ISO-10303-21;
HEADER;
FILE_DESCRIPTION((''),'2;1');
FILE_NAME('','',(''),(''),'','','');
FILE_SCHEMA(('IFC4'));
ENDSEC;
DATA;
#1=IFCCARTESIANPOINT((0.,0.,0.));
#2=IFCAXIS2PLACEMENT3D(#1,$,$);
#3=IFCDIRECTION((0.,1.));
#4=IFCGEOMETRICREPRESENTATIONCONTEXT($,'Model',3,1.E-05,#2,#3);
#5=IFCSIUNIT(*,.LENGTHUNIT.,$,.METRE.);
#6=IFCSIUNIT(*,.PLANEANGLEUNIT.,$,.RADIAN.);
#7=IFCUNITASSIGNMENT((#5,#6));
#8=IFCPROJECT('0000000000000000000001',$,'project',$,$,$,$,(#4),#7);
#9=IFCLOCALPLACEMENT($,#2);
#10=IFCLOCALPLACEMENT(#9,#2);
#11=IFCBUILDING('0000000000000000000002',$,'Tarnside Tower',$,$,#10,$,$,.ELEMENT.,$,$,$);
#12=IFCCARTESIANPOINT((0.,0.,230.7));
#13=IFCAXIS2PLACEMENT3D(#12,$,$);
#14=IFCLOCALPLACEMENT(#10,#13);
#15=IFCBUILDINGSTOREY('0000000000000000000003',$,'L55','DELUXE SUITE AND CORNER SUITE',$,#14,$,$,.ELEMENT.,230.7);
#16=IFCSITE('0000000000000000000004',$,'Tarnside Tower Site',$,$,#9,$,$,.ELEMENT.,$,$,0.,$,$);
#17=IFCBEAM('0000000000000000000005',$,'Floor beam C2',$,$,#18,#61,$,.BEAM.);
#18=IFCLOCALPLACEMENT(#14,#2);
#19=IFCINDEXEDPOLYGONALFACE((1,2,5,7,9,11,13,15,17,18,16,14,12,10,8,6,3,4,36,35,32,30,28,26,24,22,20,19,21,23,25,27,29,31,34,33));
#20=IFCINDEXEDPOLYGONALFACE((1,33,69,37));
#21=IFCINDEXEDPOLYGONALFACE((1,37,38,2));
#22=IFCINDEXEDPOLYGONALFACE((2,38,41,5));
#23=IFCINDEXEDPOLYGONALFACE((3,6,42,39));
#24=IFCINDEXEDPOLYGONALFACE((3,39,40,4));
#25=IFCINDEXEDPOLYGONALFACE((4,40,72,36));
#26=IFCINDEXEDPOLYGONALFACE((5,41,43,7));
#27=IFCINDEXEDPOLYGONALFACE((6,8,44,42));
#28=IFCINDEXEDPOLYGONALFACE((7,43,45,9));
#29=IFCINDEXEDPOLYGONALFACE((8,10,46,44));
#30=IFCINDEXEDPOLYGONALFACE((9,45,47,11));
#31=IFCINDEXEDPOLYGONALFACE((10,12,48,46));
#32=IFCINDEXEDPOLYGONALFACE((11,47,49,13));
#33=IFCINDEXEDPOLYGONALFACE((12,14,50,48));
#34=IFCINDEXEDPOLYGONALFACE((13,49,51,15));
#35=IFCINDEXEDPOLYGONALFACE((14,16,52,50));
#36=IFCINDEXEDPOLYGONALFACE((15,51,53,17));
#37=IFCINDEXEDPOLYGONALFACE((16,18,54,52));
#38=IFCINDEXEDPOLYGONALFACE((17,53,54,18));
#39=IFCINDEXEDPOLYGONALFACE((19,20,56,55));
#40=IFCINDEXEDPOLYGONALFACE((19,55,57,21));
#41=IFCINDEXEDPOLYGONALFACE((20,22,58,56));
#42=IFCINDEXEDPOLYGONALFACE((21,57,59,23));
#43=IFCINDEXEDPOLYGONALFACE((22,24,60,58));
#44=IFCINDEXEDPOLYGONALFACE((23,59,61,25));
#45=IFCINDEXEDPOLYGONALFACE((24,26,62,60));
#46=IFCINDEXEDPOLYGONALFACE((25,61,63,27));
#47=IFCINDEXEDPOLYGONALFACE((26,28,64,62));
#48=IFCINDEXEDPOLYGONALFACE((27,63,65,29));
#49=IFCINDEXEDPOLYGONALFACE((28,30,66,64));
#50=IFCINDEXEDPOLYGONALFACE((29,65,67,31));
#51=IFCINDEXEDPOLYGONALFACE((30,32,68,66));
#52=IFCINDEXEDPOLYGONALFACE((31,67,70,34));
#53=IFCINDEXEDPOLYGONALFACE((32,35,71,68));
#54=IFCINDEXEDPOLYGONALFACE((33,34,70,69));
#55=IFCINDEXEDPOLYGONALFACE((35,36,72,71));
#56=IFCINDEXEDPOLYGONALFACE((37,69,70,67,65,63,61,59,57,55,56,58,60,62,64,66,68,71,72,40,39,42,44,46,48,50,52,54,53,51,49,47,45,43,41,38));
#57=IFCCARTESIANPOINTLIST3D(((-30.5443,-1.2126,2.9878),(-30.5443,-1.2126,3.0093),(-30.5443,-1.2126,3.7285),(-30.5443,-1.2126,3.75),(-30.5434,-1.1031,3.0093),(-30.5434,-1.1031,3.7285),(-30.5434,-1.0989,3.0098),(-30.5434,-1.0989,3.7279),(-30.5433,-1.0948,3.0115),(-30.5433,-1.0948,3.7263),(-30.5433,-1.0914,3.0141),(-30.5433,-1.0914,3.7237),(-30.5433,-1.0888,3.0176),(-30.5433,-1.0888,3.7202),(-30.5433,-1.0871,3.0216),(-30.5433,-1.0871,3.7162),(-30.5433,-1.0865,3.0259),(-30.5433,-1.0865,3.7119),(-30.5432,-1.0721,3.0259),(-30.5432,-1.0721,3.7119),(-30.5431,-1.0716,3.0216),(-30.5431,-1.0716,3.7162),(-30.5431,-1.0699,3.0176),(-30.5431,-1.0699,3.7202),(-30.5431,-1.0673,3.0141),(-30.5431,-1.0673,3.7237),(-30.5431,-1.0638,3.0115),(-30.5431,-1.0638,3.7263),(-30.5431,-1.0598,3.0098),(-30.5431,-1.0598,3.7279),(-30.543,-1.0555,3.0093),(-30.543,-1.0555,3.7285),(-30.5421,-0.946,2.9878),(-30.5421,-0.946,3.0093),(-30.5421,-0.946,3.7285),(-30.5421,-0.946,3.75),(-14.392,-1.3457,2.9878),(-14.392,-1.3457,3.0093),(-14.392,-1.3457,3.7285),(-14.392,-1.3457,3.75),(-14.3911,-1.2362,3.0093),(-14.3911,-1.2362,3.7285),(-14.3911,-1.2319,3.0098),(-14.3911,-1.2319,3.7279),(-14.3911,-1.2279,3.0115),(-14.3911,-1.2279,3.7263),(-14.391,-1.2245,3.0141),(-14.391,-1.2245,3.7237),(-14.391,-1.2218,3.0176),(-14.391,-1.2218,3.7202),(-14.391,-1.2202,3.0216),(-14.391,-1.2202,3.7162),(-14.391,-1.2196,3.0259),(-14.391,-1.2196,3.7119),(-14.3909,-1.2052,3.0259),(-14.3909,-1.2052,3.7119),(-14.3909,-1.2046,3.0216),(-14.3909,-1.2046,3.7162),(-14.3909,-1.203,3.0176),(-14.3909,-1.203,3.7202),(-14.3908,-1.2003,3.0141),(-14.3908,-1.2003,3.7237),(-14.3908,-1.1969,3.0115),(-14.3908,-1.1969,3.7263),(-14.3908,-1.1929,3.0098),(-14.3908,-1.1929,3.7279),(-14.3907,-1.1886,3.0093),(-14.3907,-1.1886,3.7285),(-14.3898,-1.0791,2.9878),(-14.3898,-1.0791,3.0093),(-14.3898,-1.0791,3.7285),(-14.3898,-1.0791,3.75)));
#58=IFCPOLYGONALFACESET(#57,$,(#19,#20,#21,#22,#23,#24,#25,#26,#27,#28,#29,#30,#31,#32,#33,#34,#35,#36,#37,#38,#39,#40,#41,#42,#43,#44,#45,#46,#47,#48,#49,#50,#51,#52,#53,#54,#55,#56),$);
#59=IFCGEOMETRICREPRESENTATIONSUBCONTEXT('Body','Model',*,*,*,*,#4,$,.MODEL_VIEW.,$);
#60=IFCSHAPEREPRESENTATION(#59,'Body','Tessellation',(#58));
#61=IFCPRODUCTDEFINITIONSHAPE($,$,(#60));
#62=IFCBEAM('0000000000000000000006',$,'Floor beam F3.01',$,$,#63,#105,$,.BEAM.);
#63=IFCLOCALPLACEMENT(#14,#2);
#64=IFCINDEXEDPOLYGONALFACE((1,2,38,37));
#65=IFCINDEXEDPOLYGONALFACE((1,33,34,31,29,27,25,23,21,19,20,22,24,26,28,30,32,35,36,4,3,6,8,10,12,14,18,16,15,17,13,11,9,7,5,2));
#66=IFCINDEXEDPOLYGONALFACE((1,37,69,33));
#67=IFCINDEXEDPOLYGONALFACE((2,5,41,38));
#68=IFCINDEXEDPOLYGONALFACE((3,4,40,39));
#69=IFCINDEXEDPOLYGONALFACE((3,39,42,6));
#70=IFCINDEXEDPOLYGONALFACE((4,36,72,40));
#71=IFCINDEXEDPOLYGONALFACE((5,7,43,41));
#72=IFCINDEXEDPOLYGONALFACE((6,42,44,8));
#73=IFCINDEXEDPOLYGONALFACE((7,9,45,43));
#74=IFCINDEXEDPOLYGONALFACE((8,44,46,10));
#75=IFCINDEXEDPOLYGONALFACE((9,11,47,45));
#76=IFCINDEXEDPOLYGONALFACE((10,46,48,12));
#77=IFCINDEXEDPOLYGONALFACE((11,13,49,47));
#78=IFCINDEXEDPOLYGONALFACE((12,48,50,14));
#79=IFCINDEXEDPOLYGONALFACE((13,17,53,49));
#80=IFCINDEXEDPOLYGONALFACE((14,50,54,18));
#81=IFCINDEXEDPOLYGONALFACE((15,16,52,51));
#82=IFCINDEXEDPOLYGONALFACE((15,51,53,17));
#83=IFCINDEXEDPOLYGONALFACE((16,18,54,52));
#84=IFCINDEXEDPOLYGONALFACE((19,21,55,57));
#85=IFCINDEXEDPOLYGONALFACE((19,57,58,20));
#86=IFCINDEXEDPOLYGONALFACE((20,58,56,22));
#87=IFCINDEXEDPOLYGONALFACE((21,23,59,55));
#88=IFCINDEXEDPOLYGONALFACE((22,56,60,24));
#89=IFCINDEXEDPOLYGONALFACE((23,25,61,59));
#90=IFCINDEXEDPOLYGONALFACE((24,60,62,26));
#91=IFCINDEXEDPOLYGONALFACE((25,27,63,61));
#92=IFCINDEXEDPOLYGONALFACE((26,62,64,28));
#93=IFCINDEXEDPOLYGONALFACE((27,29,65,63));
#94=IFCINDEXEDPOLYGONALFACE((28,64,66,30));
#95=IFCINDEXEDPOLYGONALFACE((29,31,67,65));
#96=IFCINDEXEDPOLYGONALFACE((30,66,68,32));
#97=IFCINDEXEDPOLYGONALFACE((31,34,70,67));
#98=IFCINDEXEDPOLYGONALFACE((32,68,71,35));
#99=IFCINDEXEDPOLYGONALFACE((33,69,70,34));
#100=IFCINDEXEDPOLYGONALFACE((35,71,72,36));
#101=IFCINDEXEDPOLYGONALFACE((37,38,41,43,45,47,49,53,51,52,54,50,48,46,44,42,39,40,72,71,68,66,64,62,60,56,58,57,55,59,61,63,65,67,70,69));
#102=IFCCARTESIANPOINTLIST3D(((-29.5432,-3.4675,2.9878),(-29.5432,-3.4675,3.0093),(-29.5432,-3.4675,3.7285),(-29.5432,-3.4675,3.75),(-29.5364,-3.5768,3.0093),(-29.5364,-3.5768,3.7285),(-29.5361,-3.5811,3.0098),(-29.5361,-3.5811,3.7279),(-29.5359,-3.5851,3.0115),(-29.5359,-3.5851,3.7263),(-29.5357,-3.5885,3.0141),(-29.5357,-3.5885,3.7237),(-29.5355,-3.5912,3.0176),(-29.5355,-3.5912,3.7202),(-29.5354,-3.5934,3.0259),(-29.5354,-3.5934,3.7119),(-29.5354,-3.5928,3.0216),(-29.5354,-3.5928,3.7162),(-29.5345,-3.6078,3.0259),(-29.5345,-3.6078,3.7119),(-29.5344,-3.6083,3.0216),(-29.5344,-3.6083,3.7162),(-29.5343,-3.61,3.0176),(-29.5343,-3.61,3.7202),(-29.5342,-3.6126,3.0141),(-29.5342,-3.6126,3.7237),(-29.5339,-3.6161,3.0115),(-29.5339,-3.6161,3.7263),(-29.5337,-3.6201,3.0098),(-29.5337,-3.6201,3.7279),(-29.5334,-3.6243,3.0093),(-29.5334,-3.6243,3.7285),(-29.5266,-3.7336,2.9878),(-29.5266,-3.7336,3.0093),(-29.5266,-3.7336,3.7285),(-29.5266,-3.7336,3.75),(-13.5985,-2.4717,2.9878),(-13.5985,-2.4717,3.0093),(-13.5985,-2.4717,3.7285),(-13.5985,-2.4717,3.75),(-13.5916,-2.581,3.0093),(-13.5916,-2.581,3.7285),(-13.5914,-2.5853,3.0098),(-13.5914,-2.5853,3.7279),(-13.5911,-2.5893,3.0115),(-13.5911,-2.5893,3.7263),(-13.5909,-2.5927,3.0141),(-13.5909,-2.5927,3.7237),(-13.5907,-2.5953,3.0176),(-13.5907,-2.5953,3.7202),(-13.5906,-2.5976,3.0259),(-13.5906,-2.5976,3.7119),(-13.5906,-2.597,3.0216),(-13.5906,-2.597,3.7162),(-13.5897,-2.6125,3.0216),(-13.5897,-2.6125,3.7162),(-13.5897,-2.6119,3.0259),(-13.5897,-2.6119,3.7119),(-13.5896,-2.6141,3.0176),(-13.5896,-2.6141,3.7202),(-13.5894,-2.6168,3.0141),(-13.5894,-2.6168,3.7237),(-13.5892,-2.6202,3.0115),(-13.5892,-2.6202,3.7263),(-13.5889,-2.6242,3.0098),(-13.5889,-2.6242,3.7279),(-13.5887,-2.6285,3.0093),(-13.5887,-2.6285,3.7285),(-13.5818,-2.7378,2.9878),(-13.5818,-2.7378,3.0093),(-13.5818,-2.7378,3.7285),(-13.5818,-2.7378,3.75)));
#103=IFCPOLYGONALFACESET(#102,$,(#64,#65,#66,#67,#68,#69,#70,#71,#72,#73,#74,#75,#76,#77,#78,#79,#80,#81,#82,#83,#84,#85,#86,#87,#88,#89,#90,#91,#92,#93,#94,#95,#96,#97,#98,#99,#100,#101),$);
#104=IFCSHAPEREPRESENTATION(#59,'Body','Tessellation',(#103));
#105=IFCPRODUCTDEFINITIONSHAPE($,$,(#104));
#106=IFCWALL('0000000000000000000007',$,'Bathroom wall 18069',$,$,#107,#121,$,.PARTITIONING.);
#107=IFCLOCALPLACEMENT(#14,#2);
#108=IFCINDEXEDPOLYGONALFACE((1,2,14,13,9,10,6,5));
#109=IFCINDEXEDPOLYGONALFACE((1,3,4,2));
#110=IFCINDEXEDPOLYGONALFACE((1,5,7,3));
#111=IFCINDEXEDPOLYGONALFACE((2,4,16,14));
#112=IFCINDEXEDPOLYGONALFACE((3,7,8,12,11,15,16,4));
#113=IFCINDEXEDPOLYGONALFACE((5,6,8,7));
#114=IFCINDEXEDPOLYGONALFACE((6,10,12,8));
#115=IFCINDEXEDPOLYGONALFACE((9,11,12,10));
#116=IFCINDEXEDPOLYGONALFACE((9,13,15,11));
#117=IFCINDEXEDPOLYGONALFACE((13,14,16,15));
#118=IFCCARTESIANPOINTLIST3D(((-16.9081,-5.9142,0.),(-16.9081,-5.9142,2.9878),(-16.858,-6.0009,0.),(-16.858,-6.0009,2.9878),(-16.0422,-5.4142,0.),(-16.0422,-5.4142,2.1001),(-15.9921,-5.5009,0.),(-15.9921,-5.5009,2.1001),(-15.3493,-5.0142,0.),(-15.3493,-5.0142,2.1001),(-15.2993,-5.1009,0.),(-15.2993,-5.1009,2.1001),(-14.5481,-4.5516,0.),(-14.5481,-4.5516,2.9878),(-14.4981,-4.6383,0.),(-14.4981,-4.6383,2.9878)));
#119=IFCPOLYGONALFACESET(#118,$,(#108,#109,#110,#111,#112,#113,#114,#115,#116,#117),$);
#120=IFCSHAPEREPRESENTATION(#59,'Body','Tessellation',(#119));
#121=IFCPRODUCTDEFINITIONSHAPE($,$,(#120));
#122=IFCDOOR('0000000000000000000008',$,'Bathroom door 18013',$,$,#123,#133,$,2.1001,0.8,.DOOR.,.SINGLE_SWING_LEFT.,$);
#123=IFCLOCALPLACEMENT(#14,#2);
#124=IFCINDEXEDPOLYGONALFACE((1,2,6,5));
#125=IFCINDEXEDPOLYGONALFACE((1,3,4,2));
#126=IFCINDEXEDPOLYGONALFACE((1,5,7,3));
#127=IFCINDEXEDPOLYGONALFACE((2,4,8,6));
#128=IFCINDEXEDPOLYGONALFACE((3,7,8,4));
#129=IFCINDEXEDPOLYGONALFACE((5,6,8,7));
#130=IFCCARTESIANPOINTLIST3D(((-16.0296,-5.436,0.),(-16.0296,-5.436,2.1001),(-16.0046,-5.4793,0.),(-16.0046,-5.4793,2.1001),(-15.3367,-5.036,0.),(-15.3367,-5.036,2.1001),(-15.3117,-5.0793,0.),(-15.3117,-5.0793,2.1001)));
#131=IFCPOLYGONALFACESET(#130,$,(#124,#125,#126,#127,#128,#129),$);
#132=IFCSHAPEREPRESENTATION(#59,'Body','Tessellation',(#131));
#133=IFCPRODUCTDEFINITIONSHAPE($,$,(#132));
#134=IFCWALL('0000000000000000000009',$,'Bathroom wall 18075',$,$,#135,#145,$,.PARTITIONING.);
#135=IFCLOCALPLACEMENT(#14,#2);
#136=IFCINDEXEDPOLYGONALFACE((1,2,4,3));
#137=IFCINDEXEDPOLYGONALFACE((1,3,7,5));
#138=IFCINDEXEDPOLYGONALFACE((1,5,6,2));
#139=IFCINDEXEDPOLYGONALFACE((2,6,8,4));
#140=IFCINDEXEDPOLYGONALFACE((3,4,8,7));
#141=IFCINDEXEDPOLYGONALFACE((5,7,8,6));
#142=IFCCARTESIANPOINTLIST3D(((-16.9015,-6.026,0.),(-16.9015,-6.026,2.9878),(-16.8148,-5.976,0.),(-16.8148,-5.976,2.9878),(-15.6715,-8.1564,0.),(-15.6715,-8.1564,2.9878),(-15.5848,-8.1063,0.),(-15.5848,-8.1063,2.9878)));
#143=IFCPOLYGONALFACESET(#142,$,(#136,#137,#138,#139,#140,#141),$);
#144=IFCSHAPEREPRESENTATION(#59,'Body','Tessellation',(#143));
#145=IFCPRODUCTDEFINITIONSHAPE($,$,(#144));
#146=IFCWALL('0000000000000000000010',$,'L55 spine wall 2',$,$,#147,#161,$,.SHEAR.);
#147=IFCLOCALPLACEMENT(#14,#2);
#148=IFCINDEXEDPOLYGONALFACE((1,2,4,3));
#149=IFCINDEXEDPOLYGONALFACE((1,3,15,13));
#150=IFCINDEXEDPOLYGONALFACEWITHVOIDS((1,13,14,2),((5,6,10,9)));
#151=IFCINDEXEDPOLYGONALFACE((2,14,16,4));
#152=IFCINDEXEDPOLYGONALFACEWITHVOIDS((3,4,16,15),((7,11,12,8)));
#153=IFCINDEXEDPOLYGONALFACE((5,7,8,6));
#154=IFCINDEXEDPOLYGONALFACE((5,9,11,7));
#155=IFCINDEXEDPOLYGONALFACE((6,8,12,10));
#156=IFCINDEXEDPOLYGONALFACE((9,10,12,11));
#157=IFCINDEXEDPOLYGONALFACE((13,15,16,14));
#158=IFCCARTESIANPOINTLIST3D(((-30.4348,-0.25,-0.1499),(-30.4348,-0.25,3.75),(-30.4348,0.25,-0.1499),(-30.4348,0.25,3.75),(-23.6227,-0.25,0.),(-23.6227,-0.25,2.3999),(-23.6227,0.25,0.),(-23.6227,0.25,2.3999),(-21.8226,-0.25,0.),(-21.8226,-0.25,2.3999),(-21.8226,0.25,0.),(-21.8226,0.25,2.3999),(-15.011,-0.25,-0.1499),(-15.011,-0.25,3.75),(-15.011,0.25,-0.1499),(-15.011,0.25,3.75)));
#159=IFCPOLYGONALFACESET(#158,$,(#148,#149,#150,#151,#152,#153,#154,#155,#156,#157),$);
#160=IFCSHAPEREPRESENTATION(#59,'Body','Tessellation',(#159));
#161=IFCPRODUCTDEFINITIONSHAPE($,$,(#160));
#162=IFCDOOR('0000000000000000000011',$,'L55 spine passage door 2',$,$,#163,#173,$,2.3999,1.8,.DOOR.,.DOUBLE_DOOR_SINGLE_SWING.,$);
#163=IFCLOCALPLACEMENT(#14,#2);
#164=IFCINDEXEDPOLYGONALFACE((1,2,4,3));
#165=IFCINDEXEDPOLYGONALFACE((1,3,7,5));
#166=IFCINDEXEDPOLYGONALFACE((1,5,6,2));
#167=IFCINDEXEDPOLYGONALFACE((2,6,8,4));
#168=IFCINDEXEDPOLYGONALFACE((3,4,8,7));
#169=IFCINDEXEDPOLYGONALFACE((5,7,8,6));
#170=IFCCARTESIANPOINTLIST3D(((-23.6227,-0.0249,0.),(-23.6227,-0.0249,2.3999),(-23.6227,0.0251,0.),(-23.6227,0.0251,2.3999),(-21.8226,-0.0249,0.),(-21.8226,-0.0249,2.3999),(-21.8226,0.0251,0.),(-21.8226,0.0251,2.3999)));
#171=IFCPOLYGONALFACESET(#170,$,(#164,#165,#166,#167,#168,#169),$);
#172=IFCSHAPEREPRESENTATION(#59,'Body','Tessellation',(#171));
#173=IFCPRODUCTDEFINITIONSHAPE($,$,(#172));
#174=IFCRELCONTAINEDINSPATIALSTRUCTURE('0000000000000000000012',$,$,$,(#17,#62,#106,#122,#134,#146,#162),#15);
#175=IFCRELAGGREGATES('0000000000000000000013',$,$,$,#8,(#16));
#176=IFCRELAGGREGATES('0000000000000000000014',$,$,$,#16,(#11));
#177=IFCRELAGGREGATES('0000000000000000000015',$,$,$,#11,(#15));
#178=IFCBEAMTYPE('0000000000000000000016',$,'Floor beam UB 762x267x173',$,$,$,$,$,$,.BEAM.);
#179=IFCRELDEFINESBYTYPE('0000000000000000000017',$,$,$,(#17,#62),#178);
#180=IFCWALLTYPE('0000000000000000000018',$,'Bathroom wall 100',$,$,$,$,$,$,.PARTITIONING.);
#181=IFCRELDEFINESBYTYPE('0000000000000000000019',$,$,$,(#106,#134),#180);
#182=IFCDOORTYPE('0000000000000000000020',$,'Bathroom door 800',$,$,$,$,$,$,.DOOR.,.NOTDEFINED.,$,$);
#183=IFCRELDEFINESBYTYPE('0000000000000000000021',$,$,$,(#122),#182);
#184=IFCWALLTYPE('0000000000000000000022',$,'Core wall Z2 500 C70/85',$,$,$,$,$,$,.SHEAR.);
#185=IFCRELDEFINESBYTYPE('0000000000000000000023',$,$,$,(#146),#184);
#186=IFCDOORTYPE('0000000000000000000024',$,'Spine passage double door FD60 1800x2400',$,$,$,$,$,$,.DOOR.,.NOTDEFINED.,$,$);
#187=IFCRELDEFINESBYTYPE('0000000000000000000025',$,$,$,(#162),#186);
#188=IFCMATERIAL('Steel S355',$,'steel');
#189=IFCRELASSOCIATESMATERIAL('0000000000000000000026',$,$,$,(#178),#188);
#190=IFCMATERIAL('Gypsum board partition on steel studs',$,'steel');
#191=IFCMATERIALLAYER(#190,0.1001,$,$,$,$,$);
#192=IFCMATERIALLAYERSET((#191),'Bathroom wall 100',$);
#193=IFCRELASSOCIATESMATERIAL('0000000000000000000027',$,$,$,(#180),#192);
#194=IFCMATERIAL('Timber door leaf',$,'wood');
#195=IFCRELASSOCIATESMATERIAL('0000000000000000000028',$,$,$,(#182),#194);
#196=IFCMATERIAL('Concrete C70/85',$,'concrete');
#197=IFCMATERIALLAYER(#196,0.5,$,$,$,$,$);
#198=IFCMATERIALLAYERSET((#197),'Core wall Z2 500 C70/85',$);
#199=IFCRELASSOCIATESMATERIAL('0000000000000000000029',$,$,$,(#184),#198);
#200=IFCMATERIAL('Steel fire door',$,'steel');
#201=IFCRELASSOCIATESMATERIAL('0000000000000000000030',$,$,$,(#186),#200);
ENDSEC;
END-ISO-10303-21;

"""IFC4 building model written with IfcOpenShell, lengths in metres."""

from ifc_helpers import new_model, si_unit, direction, frame, frame_2d, origin, origin_2d, place, context, subcontext, project, spatial, rectangle, i_section, extrude, material, layer, layer_set, material_profile, profile_set, type_object, element, fill, save


model = new_model("IFC4")

# Units and contexts
model_context = context("Model", 3, precision=1e-05, world=origin(), true_north=direction((0.0, 1.0)))
body_context = subcontext(model_context, "Body", "Model", "MODEL_VIEW")
ifc_project = project(units=[si_unit("LENGTHUNIT", "METRE"), si_unit("PLANEANGLEUNIT", "RADIAN")], contexts=[model_context])

# Site, building, storey
site_placement = place(None, origin())
site = spatial("IfcSite", under=ifc_project, at=site_placement, Name="Tarnside Tower Site", CompositionType="ELEMENT", RefElevation=0.0)
building_placement = place(site_placement, origin())
building = spatial("IfcBuilding", under=site, at=building_placement, Name="Tarnside Tower", CompositionType="ELEMENT")
storey_placement = place(building_placement, frame((0.0, 0.0, 230.7)))
storey = spatial("IfcBuildingStorey", under=building, at=storey_placement, Name="L55", Description="DELUXE SUITE AND CORNER SUITE", CompositionType="ELEMENT", Elevation=230.7)

# Beams
ifc_material_1 = material(Name="Steel S355", Category="steel")
ifc_material_profile = material_profile(ifc_material_1, i_section(OverallWidth=0.2666, OverallDepth=0.7622, WebThickness=0.0144, FlangeThickness=0.0215, FilletRadius=0.0166, at=origin_2d()), Name="UB 762x267x173")
ifc_profile_set = profile_set([ifc_material_profile], Name="Steel S355")
beam_type = type_object("IfcBeamType", Name="Floor beam UB 762x267x173", PredefinedType="BEAM", material=ifc_profile_set)
beam_1_placement = place(storey_placement, frame((-30.5432, -1.0793, 3.3689), z_axis=(0.999966, -0.008237, 0.0), x_axis=(0.008237, 0.999966, 0.0)))
element("IfcBeam", 1, at=beam_1_placement, inside=storey, type_object=beam_type, Name="Floor beam C2", PredefinedType="BEAM", context=body_context, shape_type="SweptSolid", body=[
    extrude(i_section(OverallWidth=0.2666, OverallDepth=0.7622, WebThickness=0.0144, FlangeThickness=0.0215, FilletRadius=0.0166, at=origin_2d()), origin(), (0.0, 0.0, 1.0), 16.1528),
])
beam_2_placement = place(storey_placement, frame((-29.5349, -3.6006, 3.3689), z_axis=(0.998055, 0.062335, 0.0), x_axis=(-0.062335, 0.998055, 0.0)))
element("IfcBeam", 2, at=beam_2_placement, inside=storey, type_object=beam_type, Name="Floor beam F3.01", PredefinedType="BEAM", context=body_context, shape_type="SweptSolid", body=[
    extrude(i_section(OverallWidth=0.2666, OverallDepth=0.7622, WebThickness=0.0144, FlangeThickness=0.0215, FilletRadius=0.0166, at=origin_2d()), origin(), (0.0, 0.0, 1.0), 15.9758),
])

# Wall, opening, door
ifc_material_2 = material(Name="Gypsum board partition on steel studs", Category="steel")
ifc_layer_1 = layer(ifc_material_2, 0.1001)
ifc_layer_set_1 = layer_set([ifc_layer_1], Name="Bathroom wall 100")
wall_type_1 = type_object("IfcWallType", Name="Bathroom wall 100", PredefinedType="PARTITIONING", material=ifc_layer_set_1)
wall_1_placement = place(storey_placement, frame((-16.8831, -5.9575, 0.0), z_axis=(0.0, 0.0, 1.0), x_axis=(0.866013, 0.500022, 0.0)))
wall_1 = element("IfcWall", 3, at=wall_1_placement, inside=storey, type_object=wall_type_1, Name="Bathroom wall 18069", PredefinedType="PARTITIONING", context=body_context, shape_type="SweptSolid", body=[
    extrude(rectangle(XDim=2.7251, YDim=0.1001, at=frame_2d((1.3625, 0.0))), origin(), (0.0, 0.0, 1.0), 2.9878),
])
opening_1_placement = place(wall_1_placement, frame((1.0, 0.0, 0.0)))
opening_1 = element("IfcOpeningElement", 4, at=opening_1_placement, cuts=wall_1, PredefinedType="OPENING", context=body_context, shape_type="SweptSolid", body=[
    extrude(rectangle(XDim=0.8, YDim=2.1001, at=frame_2d((0.3999, 1.05))), frame((0.0, 0.0601, 0.0), z_axis=(0.0, -1.0, 0.0), x_axis=(1.0, 0.0, 0.0)), (0.0, 0.0, 1.0), 0.1201),
])
ifc_material_3 = material(Name="Timber door leaf", Category="wood")
door_type_1 = type_object("IfcDoorType", Name="Bathroom door 800", OperationType="NOTDEFINED", PredefinedType="DOOR", material=ifc_material_3)
door_1_placement = place(opening_1_placement, origin())
door_1 = element("IfcDoor", 5, at=door_1_placement, inside=storey, type_object=door_type_1, Name="Bathroom door 18013", OperationType="SINGLE_SWING_LEFT", OverallHeight=2.1001, OverallWidth=0.8, PredefinedType="DOOR", context=body_context, shape_type="SweptSolid", body=[
    extrude(rectangle(XDim=0.8, YDim=2.1001, at=frame_2d((0.3999, 1.05))), frame((0.0, 0.0249, 0.0), z_axis=(0.0, -1.0, 0.0), x_axis=(1.0, 0.0, 0.0)), (0.0, 0.0, 1.0), 0.05),
])
fill(opening_1, door_1)

# Wall
wall_2_placement = place(storey_placement, frame((-16.8582, -6.001, 0.0), z_axis=(0.0, 0.0, 1.0), x_axis=(0.500003, -0.866024, 0.0)))
element("IfcWall", 6, at=wall_2_placement, inside=storey, type_object=wall_type_1, Name="Bathroom wall 18075", PredefinedType="PARTITIONING", context=body_context, shape_type="SweptSolid", body=[
    extrude(rectangle(XDim=2.46, YDim=0.1001, at=frame_2d((1.23, 0.0))), origin(), (0.0, 0.0, 1.0), 2.9878),
])

# Wall, opening, door
ifc_material_4 = material(Name="Concrete C70/85", Category="concrete")
ifc_layer_2 = layer(ifc_material_4, 0.5)
ifc_layer_set_2 = layer_set([ifc_layer_2], Name="Core wall Z2 500 C70/85")
wall_type_2 = type_object("IfcWallType", Name="Core wall Z2 500 C70/85", PredefinedType="SHEAR", material=ifc_layer_set_2)
wall_3_placement = place(storey_placement, frame((-15.011, 0.0, -0.1499), z_axis=(0.0, 0.0, 1.0), x_axis=(-1.0, 0.0, 0.0)))
wall_3 = element("IfcWall", 7, at=wall_3_placement, inside=storey, type_object=wall_type_2, Name="L55 spine wall 2", PredefinedType="SHEAR", context=body_context, shape_type="SweptSolid", body=[
    extrude(rectangle(XDim=15.4238, YDim=0.5, at=frame_2d((7.7119, 0.0))), origin(), (0.0, 0.0, 1.0), 3.8999),
])
opening_2_placement = place(wall_3_placement, frame((6.8118, 0.0, 0.1499)))
opening_2 = element("IfcOpeningElement", 8, at=opening_2_placement, cuts=wall_3, PredefinedType="OPENING", context=body_context, shape_type="SweptSolid", body=[
    extrude(rectangle(XDim=1.8, YDim=2.3999, at=frame_2d((0.8999, 1.2))), frame((0.0, 0.26, 0.0), z_axis=(0.0, -1.0, 0.0), x_axis=(1.0, 0.0, 0.0)), (0.0, 0.0, 1.0), 0.52),
])
ifc_material_5 = material(Name="Steel fire door", Category="steel")
door_type_2 = type_object("IfcDoorType", Name="Spine passage double door FD60 1800x2400", OperationType="NOTDEFINED", PredefinedType="DOOR", material=ifc_material_5)
door_2_placement = place(opening_2_placement, origin())
door_2 = element("IfcDoor", 9, at=door_2_placement, inside=storey, type_object=door_type_2, Name="L55 spine passage door 2", OperationType="DOUBLE_DOOR_SINGLE_SWING", OverallHeight=2.3999, OverallWidth=1.8, PredefinedType="DOOR", context=body_context, shape_type="SweptSolid", body=[
    extrude(rectangle(XDim=1.8, YDim=2.3999, at=frame_2d((0.8999, 1.2))), frame((0.0, 0.0249, 0.0), z_axis=(0.0, -1.0, 0.0), x_axis=(1.0, 0.0, 0.0)), (0.0, 0.0, 1.0), 0.05),
])
fill(opening_2, door_2)

save(model, "model.ifc")
